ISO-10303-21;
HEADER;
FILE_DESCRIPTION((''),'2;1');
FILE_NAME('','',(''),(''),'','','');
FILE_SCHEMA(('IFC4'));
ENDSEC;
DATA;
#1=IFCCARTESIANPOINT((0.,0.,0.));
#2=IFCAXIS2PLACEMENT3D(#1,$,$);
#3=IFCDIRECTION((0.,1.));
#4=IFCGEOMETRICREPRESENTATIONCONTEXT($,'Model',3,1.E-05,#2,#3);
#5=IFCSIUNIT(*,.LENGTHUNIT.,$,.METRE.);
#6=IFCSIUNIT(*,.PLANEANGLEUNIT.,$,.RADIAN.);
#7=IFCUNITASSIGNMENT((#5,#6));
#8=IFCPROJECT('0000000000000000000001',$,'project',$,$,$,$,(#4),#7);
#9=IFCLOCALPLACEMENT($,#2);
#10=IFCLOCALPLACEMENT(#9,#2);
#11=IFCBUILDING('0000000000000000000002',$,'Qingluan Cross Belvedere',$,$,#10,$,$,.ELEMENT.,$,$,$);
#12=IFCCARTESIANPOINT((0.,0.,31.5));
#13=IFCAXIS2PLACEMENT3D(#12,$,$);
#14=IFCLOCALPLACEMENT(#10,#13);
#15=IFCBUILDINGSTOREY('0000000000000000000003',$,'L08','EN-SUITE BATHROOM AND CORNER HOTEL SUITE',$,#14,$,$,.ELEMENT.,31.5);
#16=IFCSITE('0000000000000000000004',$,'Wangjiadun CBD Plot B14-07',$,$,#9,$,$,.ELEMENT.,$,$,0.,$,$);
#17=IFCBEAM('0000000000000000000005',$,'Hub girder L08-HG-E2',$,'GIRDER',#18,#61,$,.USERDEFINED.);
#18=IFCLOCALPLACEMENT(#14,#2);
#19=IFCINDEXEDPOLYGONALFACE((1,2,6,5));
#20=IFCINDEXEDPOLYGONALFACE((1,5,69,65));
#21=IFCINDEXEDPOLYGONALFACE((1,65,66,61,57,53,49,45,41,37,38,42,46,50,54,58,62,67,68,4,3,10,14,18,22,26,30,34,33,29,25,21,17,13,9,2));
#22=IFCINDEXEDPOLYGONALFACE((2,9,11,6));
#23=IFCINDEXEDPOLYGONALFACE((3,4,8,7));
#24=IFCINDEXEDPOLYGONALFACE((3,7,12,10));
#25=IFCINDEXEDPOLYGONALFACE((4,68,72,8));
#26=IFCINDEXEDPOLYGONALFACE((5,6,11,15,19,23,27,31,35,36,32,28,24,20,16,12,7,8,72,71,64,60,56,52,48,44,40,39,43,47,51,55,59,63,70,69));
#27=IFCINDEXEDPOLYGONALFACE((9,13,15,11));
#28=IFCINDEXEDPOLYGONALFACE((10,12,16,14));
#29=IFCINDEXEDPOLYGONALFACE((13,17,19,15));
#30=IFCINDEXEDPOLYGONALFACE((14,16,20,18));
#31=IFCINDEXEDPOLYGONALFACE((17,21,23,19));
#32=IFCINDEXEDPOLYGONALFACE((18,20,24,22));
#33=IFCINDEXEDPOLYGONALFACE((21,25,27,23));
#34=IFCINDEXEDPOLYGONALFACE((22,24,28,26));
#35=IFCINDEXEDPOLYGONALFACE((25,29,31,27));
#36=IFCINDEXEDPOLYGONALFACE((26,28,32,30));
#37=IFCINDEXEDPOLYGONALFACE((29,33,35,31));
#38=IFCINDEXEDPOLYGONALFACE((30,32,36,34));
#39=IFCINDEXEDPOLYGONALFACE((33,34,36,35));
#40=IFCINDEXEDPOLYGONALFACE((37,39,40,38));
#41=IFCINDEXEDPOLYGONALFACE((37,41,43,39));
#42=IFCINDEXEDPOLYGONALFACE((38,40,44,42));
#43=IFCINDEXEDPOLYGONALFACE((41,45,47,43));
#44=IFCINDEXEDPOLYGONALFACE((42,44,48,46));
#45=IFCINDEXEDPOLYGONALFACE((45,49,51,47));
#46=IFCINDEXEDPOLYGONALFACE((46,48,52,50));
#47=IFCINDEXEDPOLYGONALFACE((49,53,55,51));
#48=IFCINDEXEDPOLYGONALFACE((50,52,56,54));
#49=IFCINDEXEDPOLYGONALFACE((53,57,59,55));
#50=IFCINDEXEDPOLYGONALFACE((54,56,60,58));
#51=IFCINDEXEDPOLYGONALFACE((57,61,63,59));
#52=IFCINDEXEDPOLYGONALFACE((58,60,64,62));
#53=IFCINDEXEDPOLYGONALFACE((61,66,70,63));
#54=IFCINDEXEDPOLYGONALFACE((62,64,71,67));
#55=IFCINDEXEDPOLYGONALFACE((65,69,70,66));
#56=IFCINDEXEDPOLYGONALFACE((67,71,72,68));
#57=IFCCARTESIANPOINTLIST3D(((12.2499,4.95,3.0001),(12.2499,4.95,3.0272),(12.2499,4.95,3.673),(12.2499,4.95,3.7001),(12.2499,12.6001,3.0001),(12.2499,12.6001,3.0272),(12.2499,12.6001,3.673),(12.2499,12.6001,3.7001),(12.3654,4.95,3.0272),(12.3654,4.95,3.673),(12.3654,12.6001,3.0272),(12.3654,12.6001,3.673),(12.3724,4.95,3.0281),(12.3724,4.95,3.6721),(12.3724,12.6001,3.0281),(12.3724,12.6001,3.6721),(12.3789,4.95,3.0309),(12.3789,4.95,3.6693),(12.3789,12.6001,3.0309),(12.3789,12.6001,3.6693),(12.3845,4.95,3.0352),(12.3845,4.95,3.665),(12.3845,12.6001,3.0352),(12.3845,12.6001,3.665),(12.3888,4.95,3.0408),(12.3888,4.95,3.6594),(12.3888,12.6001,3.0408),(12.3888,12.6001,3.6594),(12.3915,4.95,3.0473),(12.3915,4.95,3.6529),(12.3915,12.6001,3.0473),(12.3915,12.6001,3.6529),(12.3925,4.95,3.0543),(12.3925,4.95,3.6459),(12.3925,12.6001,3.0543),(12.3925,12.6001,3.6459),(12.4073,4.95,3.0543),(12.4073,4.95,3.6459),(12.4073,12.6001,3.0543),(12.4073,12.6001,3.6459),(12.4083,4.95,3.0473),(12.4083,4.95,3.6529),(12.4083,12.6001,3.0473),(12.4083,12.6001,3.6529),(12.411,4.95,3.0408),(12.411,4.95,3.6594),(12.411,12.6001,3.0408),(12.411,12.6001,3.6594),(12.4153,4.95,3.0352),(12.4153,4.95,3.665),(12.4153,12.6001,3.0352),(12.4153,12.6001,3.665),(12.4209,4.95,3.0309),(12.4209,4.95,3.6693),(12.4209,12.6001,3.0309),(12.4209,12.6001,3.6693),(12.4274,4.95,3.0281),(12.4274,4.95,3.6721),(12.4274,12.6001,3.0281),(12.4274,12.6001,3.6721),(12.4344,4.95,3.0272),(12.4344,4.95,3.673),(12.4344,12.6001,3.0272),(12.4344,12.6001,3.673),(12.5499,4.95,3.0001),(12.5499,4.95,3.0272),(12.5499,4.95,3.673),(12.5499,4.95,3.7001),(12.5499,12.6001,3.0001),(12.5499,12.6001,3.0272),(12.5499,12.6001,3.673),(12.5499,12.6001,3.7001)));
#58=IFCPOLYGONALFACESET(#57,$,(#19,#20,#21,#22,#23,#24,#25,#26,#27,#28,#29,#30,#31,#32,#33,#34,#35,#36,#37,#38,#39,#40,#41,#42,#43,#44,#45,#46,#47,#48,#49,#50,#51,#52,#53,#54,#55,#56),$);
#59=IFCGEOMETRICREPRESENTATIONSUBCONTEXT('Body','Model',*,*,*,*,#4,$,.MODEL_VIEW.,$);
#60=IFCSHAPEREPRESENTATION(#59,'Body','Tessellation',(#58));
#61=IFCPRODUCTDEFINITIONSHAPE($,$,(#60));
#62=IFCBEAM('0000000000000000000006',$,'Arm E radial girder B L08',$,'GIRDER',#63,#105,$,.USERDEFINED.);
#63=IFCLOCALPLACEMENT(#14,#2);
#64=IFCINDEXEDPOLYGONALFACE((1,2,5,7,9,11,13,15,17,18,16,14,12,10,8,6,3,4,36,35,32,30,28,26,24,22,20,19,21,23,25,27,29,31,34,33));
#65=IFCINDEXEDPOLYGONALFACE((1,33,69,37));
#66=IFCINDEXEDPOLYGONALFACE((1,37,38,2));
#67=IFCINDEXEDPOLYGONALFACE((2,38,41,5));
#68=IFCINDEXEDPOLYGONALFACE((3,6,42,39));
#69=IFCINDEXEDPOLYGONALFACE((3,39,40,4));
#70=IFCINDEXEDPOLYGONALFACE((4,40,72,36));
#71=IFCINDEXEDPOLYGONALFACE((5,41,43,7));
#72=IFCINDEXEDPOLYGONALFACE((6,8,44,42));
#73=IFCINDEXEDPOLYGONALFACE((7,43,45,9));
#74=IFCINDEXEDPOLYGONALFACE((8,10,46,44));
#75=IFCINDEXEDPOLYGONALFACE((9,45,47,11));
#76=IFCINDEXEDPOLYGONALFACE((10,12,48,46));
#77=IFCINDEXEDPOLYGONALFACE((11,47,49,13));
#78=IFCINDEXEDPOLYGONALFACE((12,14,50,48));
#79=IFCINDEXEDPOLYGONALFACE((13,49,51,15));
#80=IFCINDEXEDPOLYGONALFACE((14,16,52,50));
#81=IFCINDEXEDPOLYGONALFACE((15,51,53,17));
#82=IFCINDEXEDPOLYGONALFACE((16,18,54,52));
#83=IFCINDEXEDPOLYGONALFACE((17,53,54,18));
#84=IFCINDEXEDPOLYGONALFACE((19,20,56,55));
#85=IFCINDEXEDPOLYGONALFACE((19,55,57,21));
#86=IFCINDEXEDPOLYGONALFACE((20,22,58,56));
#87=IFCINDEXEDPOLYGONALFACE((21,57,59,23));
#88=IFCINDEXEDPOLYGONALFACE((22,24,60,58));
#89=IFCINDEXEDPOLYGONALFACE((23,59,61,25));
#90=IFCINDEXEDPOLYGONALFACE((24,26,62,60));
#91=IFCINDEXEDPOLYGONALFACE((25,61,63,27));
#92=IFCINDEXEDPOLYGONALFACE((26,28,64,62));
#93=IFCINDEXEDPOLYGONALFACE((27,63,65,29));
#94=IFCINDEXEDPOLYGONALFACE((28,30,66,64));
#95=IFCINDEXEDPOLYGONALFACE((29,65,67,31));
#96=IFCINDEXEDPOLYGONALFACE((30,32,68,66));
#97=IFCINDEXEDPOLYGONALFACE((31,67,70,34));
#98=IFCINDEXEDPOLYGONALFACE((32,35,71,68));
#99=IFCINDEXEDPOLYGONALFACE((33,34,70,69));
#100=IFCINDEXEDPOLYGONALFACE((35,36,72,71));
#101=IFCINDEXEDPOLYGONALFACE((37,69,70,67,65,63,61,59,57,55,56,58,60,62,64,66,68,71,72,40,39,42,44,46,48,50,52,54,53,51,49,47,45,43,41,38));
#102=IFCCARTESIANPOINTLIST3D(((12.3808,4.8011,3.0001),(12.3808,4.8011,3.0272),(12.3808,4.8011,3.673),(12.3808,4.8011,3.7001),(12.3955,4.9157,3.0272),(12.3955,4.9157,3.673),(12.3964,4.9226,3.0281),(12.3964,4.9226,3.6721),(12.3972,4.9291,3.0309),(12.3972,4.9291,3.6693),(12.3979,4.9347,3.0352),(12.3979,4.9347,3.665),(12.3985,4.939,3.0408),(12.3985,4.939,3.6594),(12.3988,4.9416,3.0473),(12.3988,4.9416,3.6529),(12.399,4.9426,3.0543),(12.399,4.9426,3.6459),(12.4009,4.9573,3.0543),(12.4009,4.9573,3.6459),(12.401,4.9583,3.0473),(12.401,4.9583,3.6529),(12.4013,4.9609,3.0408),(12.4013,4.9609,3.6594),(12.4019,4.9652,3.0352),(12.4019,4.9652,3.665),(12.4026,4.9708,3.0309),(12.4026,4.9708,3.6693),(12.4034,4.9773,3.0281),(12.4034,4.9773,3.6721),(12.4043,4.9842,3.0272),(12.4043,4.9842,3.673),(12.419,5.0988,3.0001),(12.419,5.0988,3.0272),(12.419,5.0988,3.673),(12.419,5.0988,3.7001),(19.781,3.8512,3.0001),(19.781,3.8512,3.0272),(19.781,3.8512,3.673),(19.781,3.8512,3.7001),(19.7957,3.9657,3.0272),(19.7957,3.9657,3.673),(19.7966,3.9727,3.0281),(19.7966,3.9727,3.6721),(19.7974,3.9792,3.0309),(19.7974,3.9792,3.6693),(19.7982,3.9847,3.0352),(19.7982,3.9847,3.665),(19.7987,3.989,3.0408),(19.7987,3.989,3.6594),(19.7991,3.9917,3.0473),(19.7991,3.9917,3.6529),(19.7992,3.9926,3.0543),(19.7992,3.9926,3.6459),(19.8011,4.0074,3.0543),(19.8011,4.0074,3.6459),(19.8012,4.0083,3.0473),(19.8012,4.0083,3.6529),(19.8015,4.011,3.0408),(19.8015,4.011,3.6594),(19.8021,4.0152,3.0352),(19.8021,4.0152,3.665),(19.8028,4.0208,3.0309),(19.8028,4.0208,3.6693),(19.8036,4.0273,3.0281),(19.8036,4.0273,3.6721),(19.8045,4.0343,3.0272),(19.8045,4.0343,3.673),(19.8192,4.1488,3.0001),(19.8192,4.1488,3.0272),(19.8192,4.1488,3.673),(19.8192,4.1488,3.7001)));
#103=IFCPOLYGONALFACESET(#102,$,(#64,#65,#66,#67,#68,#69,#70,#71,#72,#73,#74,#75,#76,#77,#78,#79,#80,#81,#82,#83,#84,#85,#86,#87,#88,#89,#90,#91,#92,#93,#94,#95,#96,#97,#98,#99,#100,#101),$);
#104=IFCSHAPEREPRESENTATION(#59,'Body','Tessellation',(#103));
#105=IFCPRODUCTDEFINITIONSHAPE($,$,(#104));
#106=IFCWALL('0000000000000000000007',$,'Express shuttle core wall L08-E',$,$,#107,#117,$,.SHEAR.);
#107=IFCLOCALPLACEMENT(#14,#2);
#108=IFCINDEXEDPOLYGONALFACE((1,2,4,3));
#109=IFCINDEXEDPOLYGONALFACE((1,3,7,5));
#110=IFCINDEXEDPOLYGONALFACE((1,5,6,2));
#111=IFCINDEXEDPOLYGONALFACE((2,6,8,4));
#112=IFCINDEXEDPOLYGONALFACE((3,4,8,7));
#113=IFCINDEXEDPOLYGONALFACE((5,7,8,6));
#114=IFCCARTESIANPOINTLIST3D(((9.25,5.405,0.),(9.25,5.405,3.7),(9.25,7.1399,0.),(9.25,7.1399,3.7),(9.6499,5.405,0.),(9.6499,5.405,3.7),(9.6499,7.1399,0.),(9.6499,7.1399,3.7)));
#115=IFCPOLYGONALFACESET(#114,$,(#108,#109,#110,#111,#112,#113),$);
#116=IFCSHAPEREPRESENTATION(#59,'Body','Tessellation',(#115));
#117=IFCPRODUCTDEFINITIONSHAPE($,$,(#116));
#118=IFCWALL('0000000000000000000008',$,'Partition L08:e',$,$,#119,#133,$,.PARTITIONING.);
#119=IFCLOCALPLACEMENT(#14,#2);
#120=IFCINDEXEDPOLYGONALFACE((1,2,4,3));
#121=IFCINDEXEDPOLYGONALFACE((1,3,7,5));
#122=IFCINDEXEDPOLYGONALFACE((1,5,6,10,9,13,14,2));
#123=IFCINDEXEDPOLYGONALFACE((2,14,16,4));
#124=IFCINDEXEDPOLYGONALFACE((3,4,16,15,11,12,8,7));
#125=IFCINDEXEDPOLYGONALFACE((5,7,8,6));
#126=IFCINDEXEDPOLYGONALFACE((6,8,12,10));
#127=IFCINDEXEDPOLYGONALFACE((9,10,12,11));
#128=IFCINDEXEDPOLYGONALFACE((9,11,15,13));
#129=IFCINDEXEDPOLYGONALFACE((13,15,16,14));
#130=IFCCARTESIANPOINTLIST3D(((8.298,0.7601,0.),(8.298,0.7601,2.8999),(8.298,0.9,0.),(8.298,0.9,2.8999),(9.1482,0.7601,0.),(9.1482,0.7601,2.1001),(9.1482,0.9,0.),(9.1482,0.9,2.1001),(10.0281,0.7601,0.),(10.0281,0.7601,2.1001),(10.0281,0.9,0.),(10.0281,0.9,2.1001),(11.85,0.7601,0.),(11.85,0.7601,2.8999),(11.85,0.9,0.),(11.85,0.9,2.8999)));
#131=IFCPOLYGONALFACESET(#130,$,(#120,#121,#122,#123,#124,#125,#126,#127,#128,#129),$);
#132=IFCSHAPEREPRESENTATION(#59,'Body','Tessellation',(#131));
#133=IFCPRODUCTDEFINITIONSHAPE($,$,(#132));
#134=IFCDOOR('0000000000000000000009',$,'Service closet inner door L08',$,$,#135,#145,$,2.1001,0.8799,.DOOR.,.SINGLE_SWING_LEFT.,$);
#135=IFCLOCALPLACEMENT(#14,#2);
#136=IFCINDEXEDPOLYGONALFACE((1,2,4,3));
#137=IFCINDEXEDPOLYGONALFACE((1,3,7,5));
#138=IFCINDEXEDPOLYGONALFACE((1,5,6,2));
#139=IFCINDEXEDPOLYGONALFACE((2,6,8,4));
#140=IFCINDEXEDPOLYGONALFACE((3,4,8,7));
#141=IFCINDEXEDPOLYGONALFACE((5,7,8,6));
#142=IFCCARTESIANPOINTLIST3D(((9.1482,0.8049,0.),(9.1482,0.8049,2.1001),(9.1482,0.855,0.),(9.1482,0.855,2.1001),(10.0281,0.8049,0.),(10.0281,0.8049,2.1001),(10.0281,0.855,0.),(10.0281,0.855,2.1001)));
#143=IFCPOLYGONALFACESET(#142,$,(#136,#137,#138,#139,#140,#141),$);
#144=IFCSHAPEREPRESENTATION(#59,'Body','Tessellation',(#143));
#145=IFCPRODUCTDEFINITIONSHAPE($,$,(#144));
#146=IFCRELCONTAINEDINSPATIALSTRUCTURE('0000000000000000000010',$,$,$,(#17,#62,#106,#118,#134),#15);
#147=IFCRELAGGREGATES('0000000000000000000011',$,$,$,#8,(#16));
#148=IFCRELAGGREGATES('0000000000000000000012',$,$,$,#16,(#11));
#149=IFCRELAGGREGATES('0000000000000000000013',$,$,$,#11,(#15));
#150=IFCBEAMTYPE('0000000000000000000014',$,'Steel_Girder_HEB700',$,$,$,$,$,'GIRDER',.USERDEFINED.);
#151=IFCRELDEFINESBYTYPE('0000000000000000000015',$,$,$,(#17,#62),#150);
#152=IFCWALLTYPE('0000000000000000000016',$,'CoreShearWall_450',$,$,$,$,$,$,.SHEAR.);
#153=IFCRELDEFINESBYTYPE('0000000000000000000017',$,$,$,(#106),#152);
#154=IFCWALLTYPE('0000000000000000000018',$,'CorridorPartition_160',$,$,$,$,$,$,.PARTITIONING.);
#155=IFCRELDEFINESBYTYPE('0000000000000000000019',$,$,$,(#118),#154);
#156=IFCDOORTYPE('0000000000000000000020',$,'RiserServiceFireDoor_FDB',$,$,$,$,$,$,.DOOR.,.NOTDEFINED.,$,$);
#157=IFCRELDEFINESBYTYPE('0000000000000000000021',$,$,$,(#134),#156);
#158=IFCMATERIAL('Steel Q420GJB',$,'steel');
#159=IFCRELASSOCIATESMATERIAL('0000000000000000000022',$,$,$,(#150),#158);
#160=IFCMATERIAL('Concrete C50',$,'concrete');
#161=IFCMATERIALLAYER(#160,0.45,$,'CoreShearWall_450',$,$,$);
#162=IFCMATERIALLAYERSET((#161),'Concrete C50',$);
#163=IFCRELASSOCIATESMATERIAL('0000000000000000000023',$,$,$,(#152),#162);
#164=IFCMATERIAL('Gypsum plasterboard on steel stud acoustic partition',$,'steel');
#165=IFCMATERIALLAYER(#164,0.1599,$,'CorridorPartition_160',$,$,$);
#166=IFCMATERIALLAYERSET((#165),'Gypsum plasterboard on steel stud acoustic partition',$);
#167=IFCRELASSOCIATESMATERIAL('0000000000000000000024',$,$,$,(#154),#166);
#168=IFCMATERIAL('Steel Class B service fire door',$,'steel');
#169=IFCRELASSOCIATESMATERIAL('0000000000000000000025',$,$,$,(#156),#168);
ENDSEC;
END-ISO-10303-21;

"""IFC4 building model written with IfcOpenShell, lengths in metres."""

from ifc_helpers import new_model, si_unit, direction, frame, frame_2d, origin, origin_2d, place, context, subcontext, project, spatial, rectangle, i_section, extrude, material, layer, layer_set, material_profile, profile_set, type_object, element, fill, save


model = new_model("IFC4")

# Units and contexts
model_context = context("Model", 3, precision=1e-05, world=origin(), true_north=direction((0.0, 1.0)))
body_context = subcontext(model_context, "Body", "Model", "MODEL_VIEW")
ifc_project = project(units=[si_unit("LENGTHUNIT", "METRE"), si_unit("PLANEANGLEUNIT", "RADIAN")], contexts=[model_context])

# Site, building, storey
site_placement = place(None, origin())
site = spatial("IfcSite", under=ifc_project, at=site_placement, Name="Wangjiadun CBD Plot B14-07", CompositionType="ELEMENT", RefElevation=0.0)
building_placement = place(site_placement, origin())
building = spatial("IfcBuilding", under=site, at=building_placement, Name="Qingluan Cross Belvedere", CompositionType="ELEMENT")
storey_placement = place(building_placement, frame((0.0, 0.0, 31.5)))
storey = spatial("IfcBuildingStorey", under=building, at=storey_placement, Name="L08", Description="EN-SUITE BATHROOM AND CORNER HOTEL SUITE", CompositionType="ELEMENT", Elevation=31.5)

# Beams
ifc_material_1 = material(Name="Steel Q420GJB", Category="steel")
ifc_material_profile = material_profile(ifc_material_1, i_section(OverallWidth=0.3, OverallDepth=0.7, WebThickness=0.0149, FlangeThickness=0.0271, FilletRadius=0.0271, at=origin_2d()), Name="HEB700")
ifc_profile_set = profile_set([ifc_material_profile], Name="Steel Q420GJB")
beam_type = type_object("IfcBeamType", Name="Steel_Girder_HEB700", ElementType="GIRDER", PredefinedType="USERDEFINED", material=ifc_profile_set)
beam_1_placement = place(storey_placement, frame((12.3999, 4.95, 3.3501), z_axis=(0.0, 1.0, 0.0), x_axis=(-1.0, 0.0, 0.0)))
element("IfcBeam", 1, at=beam_1_placement, inside=storey, type_object=beam_type, Name="Hub girder L08-HG-E2", ObjectType="GIRDER", PredefinedType="USERDEFINED", context=body_context, shape_type="SweptSolid", body=[
    extrude(i_section(OverallWidth=0.3, OverallDepth=0.7, WebThickness=0.0149, FlangeThickness=0.0271, FilletRadius=0.0271, at=origin_2d()), origin(), (0.0, 0.0, 1.0), 7.6501),
])
beam_2_placement = place(storey_placement, frame((12.3999, 4.95, 3.3501), z_axis=(0.991861, -0.127324, 0.0), x_axis=(0.127324, 0.991861, 0.0)))
element("IfcBeam", 2, at=beam_2_placement, inside=storey, type_object=beam_type, Name="Arm E radial girder B L08", ObjectType="GIRDER", PredefinedType="USERDEFINED", context=body_context, shape_type="SweptSolid", body=[
    extrude(i_section(OverallWidth=0.3, OverallDepth=0.7, WebThickness=0.0149, FlangeThickness=0.0271, FilletRadius=0.0271, at=origin_2d()), origin(), (0.0, 0.0, 1.0), 7.4609),
])

# Wall
ifc_material_2 = material(Name="Concrete C50", Category="concrete")
ifc_layer_1 = layer(ifc_material_2, 0.45, Name="CoreShearWall_450")
ifc_layer_set_1 = layer_set([ifc_layer_1], Name="Concrete C50")
wall_type_1 = type_object("IfcWallType", Name="CoreShearWall_450", PredefinedType="SHEAR", material=ifc_layer_set_1)
wall_1_placement = place(storey_placement, frame((9.45, 5.405, 0.0), z_axis=(0.0, 0.0, 1.0), x_axis=(0.0, 1.0, 0.0)))
element("IfcWall", 3, at=wall_1_placement, inside=storey, type_object=wall_type_1, Name="Express shuttle core wall L08-E", PredefinedType="SHEAR", context=body_context, shape_type="SweptSolid", body=[
    extrude(rectangle(XDim=1.7349, YDim=0.3999, at=frame_2d((0.8674, 0.0))), origin(), (0.0, 0.0, 1.0), 3.7),
])

# Wall, opening, door
ifc_material_3 = material(Name="Gypsum plasterboard on steel stud acoustic partition", Category="steel")
ifc_layer_2 = layer(ifc_material_3, 0.1599, Name="CorridorPartition_160")
ifc_layer_set_2 = layer_set([ifc_layer_2], Name="Gypsum plasterboard on steel stud acoustic partition")
wall_type_2 = type_object("IfcWallType", Name="CorridorPartition_160", PredefinedType="PARTITIONING", material=ifc_layer_set_2)
wall_2_placement = place(storey_placement, frame((8.2981, 0.8301, 0.0), z_axis=(0.0, 0.0, 1.0), x_axis=(1.0, 0.0, 0.0)))
wall_2 = element("IfcWall", 4, at=wall_2_placement, inside=storey, type_object=wall_type_2, Name="Partition L08:e", PredefinedType="PARTITIONING", context=body_context, shape_type="SweptSolid", body=[
    extrude(rectangle(XDim=3.552, YDim=0.1399, at=frame_2d((1.7759, 0.0))), origin(), (0.0, 0.0, 1.0), 2.8999),
])
opening_1_placement = place(wall_2_placement, frame((0.8501, 0.0, 0.0)))
opening_1 = element("IfcOpeningElement", 5, at=opening_1_placement, cuts=wall_2, PredefinedType="OPENING", context=body_context, shape_type="SweptSolid", body=[
    extrude(rectangle(XDim=0.8799, YDim=2.1001, at=frame_2d((0.4399, 1.05))), frame((0.0, 0.0798, 0.0), z_axis=(0.0, -1.0, 0.0), x_axis=(1.0, 0.0, 0.0)), (0.0, 0.0, 1.0), 0.1599),
])
ifc_material_4 = material(Name="Steel Class B service fire door", Category="steel")
door_type_1 = type_object("IfcDoorType", Name="RiserServiceFireDoor_FDB", OperationType="NOTDEFINED", PredefinedType="DOOR", material=ifc_material_4)
door_1_placement = place(opening_1_placement, origin())
door_1 = element("IfcDoor", 6, at=door_1_placement, inside=storey, type_object=door_type_1, Name="Service closet inner door L08", OperationType="SINGLE_SWING_LEFT", OverallHeight=2.1001, OverallWidth=0.8799, PredefinedType="DOOR", context=body_context, shape_type="SweptSolid", body=[
    extrude(rectangle(XDim=0.8799, YDim=2.1001, at=frame_2d((0.4399, 1.05))), frame((0.0, 0.0249, 0.0), z_axis=(0.0, -1.0, 0.0), x_axis=(1.0, 0.0, 0.0)), (0.0, 0.0, 1.0), 0.05),
])
fill(opening_1, door_1)

save(model, "model.ifc")
